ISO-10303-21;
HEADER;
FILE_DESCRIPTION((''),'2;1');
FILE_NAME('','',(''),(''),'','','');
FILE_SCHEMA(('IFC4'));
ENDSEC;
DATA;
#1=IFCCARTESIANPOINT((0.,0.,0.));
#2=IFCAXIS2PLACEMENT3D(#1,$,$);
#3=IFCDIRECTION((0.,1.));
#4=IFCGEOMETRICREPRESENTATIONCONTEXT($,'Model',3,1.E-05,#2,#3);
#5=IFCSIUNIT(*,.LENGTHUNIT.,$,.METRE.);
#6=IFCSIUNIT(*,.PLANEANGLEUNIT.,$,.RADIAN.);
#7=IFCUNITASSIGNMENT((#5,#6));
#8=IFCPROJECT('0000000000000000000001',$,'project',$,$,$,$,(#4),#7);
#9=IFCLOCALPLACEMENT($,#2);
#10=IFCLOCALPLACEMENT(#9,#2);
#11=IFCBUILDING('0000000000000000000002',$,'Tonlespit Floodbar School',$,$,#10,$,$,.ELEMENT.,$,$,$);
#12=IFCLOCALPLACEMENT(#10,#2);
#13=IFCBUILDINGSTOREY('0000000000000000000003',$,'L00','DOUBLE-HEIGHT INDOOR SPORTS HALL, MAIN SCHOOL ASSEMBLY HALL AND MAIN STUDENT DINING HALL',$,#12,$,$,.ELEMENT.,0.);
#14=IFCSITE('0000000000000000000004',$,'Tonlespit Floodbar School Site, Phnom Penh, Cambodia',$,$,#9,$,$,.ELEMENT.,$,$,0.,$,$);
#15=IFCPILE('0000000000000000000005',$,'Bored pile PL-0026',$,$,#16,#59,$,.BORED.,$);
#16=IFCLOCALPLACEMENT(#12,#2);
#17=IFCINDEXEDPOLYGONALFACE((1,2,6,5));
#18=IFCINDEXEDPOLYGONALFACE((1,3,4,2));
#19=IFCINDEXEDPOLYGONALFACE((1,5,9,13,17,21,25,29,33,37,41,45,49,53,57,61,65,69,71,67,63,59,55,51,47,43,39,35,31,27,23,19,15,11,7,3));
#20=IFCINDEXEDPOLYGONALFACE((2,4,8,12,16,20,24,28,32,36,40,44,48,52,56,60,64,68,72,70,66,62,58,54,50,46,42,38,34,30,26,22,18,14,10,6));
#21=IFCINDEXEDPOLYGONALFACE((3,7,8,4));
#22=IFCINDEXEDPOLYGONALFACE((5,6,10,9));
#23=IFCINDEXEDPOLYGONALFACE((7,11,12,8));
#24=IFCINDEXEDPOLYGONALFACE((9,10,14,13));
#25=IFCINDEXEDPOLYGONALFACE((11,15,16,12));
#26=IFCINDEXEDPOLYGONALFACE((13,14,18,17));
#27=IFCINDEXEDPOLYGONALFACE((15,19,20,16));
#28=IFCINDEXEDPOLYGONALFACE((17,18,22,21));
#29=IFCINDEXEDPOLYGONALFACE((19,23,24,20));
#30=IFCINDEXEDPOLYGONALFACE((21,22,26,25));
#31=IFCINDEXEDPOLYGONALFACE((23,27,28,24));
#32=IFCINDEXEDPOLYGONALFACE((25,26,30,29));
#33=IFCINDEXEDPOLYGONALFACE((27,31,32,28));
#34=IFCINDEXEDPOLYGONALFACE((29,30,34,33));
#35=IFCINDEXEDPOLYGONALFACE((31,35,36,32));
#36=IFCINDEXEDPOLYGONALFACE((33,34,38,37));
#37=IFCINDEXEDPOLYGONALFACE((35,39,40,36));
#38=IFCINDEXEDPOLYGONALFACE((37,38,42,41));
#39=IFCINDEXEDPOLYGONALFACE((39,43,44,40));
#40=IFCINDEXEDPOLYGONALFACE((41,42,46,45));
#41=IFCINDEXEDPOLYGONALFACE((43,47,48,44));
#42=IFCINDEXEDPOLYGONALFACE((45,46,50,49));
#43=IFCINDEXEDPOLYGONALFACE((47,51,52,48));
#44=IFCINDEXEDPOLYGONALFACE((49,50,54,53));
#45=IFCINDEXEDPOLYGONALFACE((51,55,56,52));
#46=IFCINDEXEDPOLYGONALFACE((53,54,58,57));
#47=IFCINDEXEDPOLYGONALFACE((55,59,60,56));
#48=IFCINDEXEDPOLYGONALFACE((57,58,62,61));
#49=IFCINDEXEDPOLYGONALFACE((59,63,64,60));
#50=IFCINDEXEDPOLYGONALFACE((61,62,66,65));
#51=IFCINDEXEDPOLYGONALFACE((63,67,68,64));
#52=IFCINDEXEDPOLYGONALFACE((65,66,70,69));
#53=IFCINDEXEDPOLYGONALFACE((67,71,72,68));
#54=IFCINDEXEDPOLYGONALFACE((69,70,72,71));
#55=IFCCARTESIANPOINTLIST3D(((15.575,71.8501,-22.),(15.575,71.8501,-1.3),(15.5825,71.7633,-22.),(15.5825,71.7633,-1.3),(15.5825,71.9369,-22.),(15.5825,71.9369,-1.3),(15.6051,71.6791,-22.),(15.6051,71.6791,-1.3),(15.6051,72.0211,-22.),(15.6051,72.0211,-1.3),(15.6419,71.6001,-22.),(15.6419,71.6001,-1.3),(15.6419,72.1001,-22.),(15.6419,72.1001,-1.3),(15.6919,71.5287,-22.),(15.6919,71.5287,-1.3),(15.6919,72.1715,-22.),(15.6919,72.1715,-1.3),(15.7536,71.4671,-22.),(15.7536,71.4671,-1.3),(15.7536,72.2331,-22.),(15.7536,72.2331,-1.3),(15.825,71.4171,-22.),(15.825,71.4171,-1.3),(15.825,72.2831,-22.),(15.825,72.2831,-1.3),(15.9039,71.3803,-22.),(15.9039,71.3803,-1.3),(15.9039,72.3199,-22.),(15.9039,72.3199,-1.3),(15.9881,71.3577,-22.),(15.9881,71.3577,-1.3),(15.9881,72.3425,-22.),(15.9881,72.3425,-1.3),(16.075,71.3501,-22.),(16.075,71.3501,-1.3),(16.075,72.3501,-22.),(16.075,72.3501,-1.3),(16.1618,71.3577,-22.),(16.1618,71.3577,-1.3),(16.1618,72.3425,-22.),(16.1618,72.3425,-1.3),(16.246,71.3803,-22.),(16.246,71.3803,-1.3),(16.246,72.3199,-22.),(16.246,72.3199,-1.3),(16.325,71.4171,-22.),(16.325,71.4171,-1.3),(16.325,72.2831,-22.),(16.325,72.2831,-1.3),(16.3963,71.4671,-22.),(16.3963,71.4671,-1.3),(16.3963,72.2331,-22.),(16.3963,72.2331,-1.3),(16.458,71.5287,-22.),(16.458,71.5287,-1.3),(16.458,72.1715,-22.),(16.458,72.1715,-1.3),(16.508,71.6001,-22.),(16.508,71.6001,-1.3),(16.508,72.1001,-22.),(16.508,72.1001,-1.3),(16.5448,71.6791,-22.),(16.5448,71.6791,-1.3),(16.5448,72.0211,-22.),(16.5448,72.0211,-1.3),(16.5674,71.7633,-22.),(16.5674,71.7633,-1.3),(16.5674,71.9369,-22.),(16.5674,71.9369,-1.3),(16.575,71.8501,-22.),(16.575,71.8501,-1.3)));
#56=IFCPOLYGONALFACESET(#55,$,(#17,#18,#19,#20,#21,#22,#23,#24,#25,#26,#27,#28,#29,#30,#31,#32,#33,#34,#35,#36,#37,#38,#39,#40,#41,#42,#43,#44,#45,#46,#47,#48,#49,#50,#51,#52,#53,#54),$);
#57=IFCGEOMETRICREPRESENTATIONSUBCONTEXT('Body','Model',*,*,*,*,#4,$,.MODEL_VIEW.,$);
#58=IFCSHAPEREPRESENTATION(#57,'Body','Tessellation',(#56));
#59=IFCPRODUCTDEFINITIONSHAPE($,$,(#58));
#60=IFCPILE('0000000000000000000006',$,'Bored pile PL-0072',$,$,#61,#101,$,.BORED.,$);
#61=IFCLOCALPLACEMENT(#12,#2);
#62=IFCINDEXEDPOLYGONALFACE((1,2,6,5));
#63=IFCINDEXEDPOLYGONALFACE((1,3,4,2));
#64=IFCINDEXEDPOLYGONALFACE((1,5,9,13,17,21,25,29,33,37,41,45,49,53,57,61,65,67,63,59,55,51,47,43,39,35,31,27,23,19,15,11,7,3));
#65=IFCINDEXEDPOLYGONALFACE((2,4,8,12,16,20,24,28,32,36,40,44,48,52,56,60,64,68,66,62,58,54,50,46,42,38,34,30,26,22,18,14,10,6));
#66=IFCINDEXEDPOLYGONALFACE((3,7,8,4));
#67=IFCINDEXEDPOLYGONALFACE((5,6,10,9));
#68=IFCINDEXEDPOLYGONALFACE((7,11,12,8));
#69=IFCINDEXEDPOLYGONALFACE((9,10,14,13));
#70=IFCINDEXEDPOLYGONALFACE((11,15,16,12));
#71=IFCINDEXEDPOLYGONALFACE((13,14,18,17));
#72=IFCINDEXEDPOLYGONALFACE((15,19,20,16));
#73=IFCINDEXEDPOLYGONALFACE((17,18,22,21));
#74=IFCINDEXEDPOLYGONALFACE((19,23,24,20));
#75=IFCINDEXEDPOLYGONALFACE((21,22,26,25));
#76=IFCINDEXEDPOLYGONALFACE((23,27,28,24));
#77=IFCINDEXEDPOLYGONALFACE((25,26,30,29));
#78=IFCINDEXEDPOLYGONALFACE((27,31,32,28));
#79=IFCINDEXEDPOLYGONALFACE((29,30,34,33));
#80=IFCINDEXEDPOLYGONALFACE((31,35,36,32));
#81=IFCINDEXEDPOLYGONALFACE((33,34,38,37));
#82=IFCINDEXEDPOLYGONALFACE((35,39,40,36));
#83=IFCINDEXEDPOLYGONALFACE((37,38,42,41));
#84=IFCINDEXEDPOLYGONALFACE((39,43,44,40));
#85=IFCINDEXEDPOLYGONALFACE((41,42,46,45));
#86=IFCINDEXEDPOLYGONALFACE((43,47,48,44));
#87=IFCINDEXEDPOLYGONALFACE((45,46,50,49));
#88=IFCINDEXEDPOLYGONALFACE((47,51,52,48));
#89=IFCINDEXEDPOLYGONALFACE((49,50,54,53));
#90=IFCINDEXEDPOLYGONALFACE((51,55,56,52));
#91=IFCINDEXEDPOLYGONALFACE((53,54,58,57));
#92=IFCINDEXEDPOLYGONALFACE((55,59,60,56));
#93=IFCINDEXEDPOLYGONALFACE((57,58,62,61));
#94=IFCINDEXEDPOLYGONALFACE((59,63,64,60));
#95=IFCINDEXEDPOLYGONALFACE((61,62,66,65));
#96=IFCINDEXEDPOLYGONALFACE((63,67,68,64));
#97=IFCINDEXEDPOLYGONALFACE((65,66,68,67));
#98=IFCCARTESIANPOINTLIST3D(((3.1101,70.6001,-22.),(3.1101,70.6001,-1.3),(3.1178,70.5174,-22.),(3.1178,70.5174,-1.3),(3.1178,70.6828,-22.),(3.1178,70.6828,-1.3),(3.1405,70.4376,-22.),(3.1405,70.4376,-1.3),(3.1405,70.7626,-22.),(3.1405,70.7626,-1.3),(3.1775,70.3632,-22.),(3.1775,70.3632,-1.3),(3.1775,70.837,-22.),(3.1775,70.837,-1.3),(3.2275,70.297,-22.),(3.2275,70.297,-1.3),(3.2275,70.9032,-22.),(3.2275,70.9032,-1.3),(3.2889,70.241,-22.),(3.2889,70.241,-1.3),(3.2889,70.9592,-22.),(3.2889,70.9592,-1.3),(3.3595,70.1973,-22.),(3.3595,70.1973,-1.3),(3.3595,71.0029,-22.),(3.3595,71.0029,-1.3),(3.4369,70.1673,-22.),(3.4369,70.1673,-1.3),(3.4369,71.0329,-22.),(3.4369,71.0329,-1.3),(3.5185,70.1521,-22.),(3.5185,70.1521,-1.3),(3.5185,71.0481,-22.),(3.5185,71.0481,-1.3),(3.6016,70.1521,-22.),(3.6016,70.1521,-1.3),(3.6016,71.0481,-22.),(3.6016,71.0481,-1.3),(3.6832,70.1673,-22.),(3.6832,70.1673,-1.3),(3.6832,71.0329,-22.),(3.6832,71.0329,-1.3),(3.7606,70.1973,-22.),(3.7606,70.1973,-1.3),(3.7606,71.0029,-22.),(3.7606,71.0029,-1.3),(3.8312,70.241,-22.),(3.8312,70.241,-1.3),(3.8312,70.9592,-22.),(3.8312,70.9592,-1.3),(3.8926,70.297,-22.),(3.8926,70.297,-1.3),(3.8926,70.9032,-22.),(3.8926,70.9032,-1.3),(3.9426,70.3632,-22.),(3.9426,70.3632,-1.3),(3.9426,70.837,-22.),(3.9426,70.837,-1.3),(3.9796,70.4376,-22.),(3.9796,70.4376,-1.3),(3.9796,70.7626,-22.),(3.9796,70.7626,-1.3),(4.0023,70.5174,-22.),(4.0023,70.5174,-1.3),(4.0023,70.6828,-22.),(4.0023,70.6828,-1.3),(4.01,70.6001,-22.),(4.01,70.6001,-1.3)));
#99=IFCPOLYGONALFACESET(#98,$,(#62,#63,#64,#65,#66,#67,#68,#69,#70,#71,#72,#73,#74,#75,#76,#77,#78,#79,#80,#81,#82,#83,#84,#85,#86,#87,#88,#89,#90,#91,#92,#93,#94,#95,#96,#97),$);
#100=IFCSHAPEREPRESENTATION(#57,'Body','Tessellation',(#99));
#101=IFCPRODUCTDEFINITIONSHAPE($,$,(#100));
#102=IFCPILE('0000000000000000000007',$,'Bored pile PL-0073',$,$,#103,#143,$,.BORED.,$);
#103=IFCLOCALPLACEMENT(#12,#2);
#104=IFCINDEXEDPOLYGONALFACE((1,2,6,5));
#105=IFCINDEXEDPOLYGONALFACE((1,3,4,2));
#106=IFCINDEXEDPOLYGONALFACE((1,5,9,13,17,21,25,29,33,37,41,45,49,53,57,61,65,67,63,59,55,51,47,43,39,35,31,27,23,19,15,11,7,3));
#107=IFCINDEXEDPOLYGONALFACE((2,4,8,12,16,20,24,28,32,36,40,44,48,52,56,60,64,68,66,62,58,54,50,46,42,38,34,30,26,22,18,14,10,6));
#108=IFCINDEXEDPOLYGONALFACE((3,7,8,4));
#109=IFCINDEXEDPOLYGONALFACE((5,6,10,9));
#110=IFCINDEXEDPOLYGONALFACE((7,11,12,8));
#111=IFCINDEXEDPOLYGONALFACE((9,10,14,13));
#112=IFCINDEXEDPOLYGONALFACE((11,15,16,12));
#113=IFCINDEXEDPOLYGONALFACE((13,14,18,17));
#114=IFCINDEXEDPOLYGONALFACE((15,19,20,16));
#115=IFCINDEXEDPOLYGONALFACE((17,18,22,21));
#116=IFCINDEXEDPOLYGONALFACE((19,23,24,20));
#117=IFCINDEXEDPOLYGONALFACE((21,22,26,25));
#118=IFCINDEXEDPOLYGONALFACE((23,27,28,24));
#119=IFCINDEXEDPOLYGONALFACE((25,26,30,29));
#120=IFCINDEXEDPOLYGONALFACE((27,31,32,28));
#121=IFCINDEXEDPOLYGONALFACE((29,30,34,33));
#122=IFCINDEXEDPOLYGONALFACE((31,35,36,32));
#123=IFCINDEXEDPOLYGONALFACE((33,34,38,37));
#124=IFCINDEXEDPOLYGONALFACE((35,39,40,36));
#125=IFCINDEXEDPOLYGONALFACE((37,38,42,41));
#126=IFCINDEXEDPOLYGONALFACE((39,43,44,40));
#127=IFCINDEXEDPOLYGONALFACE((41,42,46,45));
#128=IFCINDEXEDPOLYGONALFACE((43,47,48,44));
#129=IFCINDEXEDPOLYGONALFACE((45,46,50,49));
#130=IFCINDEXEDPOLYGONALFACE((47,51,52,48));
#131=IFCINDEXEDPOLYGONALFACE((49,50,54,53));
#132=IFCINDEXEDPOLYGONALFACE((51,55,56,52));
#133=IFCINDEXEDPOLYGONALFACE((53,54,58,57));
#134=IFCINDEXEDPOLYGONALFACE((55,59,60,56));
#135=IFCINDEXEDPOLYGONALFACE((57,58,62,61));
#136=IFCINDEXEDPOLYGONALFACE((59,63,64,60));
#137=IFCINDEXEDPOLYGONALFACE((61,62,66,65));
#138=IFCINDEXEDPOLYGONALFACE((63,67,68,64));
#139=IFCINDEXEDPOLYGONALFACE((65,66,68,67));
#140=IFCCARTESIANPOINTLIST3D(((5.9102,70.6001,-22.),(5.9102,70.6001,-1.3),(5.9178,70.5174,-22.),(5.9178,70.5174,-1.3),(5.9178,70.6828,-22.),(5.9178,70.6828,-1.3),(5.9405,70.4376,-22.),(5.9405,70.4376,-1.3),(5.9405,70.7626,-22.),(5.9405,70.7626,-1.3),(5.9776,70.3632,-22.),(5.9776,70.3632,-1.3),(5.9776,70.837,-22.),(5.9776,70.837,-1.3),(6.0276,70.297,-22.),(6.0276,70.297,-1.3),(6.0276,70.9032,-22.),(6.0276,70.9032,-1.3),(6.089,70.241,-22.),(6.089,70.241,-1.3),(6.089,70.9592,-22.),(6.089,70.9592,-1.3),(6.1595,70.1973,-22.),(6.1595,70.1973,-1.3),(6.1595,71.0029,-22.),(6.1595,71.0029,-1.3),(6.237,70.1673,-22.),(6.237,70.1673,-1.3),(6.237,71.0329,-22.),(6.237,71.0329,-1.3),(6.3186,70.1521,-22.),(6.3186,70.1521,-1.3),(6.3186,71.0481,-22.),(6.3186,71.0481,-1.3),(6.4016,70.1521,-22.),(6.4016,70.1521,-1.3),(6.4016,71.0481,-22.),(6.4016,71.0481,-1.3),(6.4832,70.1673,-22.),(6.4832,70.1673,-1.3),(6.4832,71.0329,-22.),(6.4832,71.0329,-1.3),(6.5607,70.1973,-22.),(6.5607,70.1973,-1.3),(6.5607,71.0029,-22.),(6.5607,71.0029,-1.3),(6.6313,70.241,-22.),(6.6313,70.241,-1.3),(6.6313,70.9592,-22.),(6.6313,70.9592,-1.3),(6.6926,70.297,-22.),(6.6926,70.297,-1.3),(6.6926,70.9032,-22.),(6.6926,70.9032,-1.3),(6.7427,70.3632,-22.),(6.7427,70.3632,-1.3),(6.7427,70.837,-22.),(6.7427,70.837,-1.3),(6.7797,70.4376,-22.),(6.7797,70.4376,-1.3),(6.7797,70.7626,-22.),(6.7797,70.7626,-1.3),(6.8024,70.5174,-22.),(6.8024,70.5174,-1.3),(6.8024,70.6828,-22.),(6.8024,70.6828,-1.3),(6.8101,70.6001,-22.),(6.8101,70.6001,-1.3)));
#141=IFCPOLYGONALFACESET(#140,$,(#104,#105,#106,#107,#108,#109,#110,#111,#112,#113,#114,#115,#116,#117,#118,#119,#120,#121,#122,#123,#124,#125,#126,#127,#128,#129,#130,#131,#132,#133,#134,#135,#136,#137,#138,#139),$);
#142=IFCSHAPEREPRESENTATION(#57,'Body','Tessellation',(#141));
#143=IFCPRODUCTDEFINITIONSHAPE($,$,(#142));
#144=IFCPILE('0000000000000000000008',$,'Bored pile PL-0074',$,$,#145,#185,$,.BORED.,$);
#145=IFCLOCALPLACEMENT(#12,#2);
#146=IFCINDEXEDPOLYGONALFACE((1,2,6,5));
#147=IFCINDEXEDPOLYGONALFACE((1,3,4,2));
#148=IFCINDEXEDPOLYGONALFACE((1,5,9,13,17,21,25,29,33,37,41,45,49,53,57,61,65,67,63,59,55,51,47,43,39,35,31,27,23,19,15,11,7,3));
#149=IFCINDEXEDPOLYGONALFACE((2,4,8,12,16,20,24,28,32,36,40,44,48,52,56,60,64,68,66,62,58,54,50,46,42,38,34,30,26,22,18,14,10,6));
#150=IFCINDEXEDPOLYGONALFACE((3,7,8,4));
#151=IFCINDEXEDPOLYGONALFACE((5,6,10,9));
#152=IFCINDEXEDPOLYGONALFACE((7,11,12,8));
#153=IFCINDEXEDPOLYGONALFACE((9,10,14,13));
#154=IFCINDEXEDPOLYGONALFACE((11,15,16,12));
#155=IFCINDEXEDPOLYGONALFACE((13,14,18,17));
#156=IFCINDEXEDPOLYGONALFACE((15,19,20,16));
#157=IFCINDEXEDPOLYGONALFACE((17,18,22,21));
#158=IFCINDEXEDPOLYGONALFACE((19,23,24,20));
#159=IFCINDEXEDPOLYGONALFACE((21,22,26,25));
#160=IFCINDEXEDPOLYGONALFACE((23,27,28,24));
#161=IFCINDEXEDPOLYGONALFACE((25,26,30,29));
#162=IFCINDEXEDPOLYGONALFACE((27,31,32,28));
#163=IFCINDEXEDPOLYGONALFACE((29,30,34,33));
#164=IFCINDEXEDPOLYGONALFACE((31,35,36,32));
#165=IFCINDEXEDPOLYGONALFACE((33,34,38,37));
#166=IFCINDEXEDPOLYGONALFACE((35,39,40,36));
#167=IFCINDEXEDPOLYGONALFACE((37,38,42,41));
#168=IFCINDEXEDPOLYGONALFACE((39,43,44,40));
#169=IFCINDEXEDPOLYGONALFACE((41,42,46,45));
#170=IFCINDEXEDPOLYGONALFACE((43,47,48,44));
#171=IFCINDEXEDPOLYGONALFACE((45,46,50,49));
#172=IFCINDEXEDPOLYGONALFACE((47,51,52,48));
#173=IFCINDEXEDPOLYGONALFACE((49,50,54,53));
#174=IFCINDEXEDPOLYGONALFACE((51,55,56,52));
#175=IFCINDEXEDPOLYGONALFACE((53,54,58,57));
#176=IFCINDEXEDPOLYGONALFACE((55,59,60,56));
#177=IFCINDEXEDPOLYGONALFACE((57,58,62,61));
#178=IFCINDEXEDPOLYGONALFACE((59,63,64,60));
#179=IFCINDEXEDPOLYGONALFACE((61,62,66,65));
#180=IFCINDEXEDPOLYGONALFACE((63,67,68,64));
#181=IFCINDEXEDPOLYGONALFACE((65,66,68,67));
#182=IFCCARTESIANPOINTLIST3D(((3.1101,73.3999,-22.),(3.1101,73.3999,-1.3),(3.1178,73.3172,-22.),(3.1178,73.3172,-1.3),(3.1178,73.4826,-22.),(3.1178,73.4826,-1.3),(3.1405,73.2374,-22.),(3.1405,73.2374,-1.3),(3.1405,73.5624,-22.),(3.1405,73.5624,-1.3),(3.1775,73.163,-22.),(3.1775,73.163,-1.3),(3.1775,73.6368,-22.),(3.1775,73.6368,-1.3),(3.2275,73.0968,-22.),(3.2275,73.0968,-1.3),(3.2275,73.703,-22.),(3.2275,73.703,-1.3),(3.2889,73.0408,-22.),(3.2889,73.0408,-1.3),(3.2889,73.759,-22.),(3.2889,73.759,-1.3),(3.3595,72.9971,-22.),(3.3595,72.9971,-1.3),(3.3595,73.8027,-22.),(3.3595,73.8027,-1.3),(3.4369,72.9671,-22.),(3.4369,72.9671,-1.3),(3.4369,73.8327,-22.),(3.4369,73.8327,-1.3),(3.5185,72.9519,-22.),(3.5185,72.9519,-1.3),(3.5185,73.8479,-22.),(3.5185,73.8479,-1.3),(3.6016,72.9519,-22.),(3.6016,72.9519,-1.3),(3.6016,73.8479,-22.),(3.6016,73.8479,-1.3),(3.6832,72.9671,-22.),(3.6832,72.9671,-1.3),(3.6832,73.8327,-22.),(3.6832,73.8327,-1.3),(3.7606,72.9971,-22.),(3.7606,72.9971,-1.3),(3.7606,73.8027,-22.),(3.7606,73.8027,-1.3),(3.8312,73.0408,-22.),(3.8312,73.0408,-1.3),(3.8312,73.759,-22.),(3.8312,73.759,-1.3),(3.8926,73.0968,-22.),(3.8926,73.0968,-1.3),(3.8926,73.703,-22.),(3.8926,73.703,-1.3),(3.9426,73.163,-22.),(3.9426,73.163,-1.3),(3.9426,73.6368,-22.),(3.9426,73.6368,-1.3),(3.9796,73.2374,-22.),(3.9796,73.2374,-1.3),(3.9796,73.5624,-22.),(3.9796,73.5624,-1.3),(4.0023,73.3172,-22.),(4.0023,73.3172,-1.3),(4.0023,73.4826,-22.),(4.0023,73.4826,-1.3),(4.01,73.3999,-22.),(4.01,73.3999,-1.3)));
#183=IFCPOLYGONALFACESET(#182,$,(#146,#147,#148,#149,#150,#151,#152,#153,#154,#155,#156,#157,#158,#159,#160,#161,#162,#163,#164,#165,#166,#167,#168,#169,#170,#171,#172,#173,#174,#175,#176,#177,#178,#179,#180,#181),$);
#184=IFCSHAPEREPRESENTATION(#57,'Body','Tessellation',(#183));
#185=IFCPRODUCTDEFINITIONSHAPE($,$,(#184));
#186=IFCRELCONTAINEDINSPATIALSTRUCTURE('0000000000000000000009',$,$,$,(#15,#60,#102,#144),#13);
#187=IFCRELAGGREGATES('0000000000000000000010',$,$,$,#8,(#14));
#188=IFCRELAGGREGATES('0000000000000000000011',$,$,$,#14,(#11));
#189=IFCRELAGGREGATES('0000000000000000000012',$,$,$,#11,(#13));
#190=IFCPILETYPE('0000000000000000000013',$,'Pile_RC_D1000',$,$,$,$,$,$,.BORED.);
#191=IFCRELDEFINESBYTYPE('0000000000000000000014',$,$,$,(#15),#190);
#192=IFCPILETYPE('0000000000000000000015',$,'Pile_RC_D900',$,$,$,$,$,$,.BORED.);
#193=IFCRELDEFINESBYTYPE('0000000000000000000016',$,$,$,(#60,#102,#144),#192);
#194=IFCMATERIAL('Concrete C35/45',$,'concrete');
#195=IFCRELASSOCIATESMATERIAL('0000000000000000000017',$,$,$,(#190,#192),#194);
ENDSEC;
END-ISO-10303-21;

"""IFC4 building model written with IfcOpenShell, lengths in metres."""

from ifc_helpers import new_model, si_unit, direction, frame, origin, origin_2d, place, context, subcontext, project, spatial, circle, extrude, material, material_profile, profile_set, type_object, element, save


model = new_model("IFC4")

# Units and contexts
model_context = context("Model", 3, precision=1e-05, world=origin(), true_north=direction((0.0, 1.0)))
body_context = subcontext(model_context, "Body", "Model", "MODEL_VIEW")
ifc_project = project(units=[si_unit("LENGTHUNIT", "METRE"), si_unit("PLANEANGLEUNIT", "RADIAN")], contexts=[model_context])

# Site, building, storey
site_placement = place(None, origin())
site = spatial("IfcSite", under=ifc_project, at=site_placement, Name="Tonlespit Floodbar School Site, Phnom Penh, Cambodia", CompositionType="ELEMENT", RefElevation=0.0)
building_placement = place(site_placement, origin())
building = spatial("IfcBuilding", under=site, at=building_placement, Name="Tonlespit Floodbar School", CompositionType="ELEMENT")
storey_placement = place(building_placement, origin())
storey = spatial("IfcBuildingStorey", under=building, at=storey_placement, Name="L00", Description="DOUBLE-HEIGHT INDOOR SPORTS HALL, MAIN SCHOOL ASSEMBLY HALL AND MAIN STUDENT DINING HALL", CompositionType="ELEMENT", Elevation=0.0)

# Piles
ifc_material_1 = material(Name="Concrete C35/45", Category="concrete")
ifc_material_profile_1 = material_profile(ifc_material_1, circle(Radius=0.5, at=origin_2d()), Name="BP D1000")
ifc_profile_set_1 = profile_set([ifc_material_profile_1], Name="Concrete C35/45")
pile_type_1 = type_object("IfcPileType", Name="Pile_RC_D1000", PredefinedType="BORED", material=ifc_profile_set_1)
for number, where, z_axis, x_axis, name in (
    (1, (16.075, 71.8501, -1.3), (0.0, 0.0, -1.0), (1.0, 0.0, 0.0), "Bored pile PL-0026"),
):
    element("IfcPile", number, at=place(storey_placement, frame(where, z_axis=z_axis, x_axis=x_axis)), inside=storey, type_object=pile_type_1, Name=name, PredefinedType="BORED", context=body_context, shape_type="SweptSolid", body=[
        extrude(circle(Radius=0.5, at=origin_2d()), origin(), (0.0, 0.0, 1.0), 20.7),
    ])
ifc_material_profile_2 = material_profile(ifc_material_1, circle(Radius=0.45, at=origin_2d()), Name="BP D900")
ifc_profile_set_2 = profile_set([ifc_material_profile_2], Name="Concrete C35/45")
pile_type_2 = type_object("IfcPileType", Name="Pile_RC_D900", PredefinedType="BORED", material=ifc_profile_set_2)
for number, where, z_axis, x_axis, name in (
    (2, (3.5601, 70.6001, -1.3), (0.0, 0.0, -1.0), (1.0, 0.0, 0.0), "Bored pile PL-0072"),
    (3, (6.3601, 70.6001, -1.3), (0.0, 0.0, -1.0), (1.0, 0.0, 0.0), "Bored pile PL-0073"),
    (4, (3.5601, 73.3999, -1.3), (0.0, 0.0, -1.0), (1.0, 0.0, 0.0), "Bored pile PL-0074"),
):
    element("IfcPile", number, at=place(storey_placement, frame(where, z_axis=z_axis, x_axis=x_axis)), inside=storey, type_object=pile_type_2, Name=name, PredefinedType="BORED", context=body_context, shape_type="SweptSolid", body=[
        extrude(circle(Radius=0.45, at=origin_2d()), origin(), (0.0, 0.0, 1.0), 20.7),
    ])

save(model, "model.ifc")
